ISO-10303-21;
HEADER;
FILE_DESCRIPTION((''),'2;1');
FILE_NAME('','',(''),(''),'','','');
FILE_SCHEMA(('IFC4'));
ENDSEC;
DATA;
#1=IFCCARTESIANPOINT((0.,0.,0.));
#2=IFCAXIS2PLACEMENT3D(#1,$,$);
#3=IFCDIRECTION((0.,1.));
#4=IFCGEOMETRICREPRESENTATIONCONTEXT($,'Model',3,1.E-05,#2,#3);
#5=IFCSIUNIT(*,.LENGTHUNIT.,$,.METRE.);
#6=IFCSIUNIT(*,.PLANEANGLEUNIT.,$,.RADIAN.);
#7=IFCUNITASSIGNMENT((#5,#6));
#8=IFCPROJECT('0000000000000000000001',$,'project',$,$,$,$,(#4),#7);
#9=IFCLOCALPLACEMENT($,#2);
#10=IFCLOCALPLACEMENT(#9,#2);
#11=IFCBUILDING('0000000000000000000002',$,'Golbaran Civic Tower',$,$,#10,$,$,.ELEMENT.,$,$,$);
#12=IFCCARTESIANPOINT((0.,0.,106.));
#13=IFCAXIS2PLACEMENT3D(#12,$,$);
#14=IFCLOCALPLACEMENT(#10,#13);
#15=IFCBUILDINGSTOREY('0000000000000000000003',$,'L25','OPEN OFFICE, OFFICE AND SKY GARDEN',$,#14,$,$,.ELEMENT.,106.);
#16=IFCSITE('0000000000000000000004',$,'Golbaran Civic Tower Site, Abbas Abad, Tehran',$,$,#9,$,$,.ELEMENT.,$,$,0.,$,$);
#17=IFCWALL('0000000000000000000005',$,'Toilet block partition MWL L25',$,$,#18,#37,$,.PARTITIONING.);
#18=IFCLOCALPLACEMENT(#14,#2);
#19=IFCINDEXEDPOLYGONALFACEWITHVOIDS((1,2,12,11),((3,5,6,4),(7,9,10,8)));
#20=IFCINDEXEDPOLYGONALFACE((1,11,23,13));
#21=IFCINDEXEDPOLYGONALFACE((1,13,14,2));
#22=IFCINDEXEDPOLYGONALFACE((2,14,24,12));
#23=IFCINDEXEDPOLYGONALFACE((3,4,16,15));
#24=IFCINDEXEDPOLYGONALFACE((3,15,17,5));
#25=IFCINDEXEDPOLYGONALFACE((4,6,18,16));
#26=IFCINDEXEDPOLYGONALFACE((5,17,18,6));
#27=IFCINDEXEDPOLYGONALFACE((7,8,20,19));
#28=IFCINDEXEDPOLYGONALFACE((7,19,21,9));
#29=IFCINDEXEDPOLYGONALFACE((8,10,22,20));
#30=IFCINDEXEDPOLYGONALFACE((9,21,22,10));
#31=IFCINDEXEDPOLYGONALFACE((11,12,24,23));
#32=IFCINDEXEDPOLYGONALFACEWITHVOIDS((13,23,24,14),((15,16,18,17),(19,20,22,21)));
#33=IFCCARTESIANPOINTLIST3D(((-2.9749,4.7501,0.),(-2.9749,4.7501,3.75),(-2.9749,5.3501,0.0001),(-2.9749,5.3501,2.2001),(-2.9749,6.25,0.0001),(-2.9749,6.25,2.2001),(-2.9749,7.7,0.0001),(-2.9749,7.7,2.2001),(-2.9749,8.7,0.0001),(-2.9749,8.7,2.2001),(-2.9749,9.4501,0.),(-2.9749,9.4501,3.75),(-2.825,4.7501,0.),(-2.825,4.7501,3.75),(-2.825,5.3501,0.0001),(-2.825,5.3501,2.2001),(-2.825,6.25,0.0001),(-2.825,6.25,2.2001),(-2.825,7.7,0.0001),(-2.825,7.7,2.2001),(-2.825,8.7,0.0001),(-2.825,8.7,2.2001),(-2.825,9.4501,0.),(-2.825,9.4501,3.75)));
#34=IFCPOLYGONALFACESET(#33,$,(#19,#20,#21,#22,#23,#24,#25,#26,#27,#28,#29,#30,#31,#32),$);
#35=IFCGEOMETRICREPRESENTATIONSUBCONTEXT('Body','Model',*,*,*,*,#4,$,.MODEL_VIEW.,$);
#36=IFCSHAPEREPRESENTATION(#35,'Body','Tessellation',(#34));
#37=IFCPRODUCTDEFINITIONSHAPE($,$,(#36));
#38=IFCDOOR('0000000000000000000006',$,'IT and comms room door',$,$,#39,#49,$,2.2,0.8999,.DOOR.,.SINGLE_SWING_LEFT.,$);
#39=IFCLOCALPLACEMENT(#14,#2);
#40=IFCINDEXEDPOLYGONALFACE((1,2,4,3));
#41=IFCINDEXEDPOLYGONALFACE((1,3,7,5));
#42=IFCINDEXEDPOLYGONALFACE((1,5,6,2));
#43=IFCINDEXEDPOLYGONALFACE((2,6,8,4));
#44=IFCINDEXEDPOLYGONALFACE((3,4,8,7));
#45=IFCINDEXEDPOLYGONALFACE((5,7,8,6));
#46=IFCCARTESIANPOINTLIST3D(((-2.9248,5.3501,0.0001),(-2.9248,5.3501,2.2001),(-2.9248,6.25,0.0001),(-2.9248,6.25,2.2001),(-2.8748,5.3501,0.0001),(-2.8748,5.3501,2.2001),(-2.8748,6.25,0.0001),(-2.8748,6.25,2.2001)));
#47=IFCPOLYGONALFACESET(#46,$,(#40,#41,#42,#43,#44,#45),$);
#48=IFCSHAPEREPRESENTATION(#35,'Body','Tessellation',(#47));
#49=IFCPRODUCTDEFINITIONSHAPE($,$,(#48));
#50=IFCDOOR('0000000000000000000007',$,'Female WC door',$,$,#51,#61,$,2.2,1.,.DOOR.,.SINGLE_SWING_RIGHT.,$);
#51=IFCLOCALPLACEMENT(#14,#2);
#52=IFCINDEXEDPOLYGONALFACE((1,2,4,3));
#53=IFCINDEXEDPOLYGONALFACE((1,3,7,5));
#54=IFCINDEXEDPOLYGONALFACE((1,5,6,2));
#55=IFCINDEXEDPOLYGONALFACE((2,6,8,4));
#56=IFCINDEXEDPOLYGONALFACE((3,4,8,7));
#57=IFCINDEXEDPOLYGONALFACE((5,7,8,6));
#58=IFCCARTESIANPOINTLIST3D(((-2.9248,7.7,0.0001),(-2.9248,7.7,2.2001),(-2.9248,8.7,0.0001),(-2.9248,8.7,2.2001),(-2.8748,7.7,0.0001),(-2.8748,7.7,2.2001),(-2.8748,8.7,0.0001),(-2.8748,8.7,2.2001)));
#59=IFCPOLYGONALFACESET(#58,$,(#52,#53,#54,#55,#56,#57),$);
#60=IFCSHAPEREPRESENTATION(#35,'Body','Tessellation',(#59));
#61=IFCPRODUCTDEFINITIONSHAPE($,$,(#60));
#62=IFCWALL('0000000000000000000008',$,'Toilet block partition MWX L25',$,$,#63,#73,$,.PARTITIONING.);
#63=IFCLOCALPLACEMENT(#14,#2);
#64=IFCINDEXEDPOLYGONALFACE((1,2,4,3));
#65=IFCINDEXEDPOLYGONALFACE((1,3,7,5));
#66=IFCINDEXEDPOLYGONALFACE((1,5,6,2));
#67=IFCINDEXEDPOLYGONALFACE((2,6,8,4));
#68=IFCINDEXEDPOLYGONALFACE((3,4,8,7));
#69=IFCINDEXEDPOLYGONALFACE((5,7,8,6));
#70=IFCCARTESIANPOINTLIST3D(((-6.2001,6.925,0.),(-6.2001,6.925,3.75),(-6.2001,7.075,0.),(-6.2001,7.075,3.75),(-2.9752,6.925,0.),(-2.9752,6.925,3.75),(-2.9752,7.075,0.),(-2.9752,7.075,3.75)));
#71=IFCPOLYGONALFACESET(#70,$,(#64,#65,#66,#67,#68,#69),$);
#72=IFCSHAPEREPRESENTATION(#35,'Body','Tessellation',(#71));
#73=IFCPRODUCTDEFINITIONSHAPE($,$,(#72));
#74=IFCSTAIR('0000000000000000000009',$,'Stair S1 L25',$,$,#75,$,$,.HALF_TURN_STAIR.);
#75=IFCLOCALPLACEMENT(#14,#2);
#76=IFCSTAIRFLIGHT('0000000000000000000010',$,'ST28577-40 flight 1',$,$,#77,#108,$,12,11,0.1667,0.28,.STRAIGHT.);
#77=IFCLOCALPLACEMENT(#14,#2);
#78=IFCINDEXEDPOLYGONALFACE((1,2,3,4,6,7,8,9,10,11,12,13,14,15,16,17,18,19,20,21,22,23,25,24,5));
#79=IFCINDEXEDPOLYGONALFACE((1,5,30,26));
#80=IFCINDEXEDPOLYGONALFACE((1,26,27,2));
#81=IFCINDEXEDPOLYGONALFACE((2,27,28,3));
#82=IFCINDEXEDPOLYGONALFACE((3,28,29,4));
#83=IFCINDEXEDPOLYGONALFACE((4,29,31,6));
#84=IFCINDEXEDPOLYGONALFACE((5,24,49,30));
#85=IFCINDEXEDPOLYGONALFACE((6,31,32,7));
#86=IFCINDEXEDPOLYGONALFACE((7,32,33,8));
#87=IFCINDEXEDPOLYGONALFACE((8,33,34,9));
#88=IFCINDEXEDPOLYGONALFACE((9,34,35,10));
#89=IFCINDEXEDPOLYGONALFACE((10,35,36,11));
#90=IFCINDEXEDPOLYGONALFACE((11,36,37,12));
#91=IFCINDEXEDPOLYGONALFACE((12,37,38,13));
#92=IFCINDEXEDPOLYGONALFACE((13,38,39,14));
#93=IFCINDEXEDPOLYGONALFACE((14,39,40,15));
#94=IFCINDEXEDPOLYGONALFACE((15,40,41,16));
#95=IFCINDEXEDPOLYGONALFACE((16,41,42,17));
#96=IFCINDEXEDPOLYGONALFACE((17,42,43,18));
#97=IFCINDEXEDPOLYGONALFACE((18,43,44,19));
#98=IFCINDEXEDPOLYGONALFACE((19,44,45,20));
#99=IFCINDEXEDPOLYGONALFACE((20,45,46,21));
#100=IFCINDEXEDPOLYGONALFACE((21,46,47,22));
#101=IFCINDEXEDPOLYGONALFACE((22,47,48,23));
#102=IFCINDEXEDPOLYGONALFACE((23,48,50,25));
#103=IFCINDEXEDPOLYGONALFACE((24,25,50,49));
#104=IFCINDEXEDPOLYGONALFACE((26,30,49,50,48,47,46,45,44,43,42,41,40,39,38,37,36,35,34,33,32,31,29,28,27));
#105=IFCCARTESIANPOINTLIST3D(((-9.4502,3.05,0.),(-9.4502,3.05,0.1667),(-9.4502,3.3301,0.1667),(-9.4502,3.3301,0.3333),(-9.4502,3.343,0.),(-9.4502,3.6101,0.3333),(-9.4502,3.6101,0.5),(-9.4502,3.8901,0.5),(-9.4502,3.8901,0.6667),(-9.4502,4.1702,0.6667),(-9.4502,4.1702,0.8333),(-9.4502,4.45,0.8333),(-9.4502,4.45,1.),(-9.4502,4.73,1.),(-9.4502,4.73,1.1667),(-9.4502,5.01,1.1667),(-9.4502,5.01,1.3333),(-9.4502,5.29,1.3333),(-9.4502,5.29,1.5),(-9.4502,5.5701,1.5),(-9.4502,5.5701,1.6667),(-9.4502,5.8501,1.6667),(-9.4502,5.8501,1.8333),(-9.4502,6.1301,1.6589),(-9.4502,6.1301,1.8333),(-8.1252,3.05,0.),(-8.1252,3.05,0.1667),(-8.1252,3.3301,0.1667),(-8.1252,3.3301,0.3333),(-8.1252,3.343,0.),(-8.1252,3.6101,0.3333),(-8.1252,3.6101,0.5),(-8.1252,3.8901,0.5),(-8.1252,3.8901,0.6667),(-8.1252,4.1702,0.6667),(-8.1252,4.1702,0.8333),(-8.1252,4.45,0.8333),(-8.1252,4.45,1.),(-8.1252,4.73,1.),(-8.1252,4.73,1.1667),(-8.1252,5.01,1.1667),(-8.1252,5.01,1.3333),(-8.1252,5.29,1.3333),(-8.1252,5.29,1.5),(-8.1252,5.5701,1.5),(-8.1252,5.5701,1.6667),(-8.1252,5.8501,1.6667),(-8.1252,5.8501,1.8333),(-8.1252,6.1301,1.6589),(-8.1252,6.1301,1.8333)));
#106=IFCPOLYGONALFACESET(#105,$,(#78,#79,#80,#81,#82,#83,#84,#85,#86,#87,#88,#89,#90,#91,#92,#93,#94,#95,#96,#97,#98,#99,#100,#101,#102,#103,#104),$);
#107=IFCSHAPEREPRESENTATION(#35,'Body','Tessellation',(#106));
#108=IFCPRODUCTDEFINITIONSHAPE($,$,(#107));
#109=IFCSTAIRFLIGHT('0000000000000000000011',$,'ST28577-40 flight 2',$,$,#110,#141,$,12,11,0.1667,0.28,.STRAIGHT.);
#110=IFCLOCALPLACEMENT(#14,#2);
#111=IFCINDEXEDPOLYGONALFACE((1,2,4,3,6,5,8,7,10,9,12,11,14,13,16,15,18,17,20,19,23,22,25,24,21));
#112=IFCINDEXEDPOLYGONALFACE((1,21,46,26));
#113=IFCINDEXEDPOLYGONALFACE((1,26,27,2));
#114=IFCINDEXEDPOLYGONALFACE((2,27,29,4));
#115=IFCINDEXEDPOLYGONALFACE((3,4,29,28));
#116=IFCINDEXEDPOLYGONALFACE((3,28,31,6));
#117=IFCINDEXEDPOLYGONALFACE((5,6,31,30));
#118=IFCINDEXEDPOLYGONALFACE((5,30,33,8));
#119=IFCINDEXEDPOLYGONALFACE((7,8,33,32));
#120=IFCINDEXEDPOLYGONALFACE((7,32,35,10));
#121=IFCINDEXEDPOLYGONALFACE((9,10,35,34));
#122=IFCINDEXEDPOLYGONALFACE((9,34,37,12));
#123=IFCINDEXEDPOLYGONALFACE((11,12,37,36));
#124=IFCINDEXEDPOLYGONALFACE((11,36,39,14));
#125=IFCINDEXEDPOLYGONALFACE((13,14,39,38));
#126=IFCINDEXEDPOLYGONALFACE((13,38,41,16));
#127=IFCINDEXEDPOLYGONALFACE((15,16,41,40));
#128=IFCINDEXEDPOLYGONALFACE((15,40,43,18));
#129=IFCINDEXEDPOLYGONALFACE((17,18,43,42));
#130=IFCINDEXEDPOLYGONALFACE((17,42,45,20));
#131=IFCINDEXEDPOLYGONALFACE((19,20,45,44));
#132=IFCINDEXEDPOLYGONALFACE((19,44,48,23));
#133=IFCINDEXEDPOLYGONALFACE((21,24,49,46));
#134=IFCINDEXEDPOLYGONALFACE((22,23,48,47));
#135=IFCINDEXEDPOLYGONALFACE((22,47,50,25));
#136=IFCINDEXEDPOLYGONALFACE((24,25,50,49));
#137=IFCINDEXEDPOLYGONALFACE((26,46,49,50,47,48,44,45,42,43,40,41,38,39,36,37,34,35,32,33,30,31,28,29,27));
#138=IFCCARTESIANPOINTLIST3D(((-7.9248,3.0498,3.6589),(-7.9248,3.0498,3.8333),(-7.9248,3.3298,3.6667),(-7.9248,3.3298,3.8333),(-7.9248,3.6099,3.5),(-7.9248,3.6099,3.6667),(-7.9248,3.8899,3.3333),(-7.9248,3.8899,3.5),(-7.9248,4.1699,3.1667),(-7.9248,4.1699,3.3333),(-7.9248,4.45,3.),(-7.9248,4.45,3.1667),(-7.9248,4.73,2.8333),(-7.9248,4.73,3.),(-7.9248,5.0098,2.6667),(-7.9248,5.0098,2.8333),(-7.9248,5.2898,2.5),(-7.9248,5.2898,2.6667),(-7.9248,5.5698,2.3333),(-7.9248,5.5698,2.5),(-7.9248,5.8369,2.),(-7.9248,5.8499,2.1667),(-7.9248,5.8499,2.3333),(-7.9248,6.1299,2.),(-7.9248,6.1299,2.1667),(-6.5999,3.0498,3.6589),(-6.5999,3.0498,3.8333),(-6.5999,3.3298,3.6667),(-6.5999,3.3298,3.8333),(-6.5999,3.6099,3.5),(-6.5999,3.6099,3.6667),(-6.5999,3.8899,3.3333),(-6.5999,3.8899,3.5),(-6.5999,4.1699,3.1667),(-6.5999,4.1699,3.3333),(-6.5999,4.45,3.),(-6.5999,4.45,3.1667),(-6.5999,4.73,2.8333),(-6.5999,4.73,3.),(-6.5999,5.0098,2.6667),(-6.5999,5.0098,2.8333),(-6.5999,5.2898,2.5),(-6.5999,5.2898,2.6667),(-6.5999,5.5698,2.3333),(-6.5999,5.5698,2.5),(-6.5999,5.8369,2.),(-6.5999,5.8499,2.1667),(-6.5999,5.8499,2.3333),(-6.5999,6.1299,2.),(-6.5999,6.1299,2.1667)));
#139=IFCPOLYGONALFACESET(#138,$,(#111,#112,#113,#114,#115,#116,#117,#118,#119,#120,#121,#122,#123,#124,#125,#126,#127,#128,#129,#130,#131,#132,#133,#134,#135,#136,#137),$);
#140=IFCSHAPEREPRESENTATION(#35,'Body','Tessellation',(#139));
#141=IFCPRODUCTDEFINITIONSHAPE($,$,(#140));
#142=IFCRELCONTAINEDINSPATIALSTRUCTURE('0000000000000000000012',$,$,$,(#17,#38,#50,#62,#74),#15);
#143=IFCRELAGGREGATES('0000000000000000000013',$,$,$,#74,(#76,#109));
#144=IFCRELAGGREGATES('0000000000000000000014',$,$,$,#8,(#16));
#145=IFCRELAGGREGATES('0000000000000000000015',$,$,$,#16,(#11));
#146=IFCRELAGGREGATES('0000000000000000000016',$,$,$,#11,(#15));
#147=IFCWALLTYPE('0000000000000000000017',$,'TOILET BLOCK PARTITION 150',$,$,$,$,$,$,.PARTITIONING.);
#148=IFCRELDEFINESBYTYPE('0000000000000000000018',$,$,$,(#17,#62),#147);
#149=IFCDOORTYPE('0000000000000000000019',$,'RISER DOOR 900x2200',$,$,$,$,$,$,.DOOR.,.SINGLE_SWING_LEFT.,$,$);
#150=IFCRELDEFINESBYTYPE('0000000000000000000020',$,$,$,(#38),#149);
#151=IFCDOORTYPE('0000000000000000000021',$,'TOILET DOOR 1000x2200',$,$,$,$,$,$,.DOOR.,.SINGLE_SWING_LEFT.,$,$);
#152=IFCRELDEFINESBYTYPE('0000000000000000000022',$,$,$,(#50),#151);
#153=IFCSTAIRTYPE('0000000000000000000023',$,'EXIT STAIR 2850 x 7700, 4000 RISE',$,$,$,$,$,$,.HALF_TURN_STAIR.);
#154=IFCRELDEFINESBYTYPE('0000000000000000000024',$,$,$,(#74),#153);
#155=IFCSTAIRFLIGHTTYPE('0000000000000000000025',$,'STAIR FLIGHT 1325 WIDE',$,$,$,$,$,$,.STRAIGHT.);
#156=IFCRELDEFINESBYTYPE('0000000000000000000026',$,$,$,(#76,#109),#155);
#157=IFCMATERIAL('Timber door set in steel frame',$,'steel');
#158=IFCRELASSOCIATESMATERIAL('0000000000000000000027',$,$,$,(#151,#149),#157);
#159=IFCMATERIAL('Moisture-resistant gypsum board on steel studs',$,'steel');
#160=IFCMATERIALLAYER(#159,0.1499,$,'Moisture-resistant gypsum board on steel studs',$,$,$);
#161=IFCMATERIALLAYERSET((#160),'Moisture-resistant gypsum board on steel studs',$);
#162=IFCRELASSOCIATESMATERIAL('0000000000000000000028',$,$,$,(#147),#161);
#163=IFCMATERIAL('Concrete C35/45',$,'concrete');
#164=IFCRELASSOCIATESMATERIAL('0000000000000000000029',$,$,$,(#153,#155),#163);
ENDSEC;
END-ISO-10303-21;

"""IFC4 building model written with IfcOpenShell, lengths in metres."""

from ifc_helpers import new_model, si_unit, direction, frame, frame_2d, origin, place, context, subcontext, project, spatial, polyline, rectangle, outline, extrude, material, layer, layer_set, type_object, element, fill, aggregate, save


model = new_model("IFC4")

# Units and contexts
model_context = context("Model", 3, precision=1e-05, world=origin(), true_north=direction((0.0, 1.0)))
body_context = subcontext(model_context, "Body", "Model", "MODEL_VIEW")
ifc_project = project(units=[si_unit("LENGTHUNIT", "METRE"), si_unit("PLANEANGLEUNIT", "RADIAN")], contexts=[model_context])

# Site, building, storey
site_placement = place(None, origin())
site = spatial("IfcSite", under=ifc_project, at=site_placement, Name="Golbaran Civic Tower Site, Abbas Abad, Tehran", CompositionType="ELEMENT", RefElevation=0.0)
building_placement = place(site_placement, origin())
building = spatial("IfcBuilding", under=site, at=building_placement, Name="Golbaran Civic Tower", CompositionType="ELEMENT")
storey_placement = place(building_placement, frame((0.0, 0.0, 106.0)))
storey = spatial("IfcBuildingStorey", under=building, at=storey_placement, Name="L25", Description="OPEN OFFICE, OFFICE AND SKY GARDEN", CompositionType="ELEMENT", Elevation=106.0)

# Shared definitions
ifc_material_1 = material(Name="Timber door set in steel frame", Category="steel")
door_type_1 = type_object("IfcDoorType", Name="TOILET DOOR 1000x2200", OperationType="SINGLE_SWING_LEFT", PredefinedType="DOOR", material=ifc_material_1)

# Wall, openings, doors
ifc_material_2 = material(Name="Moisture-resistant gypsum board on steel studs", Category="steel")
ifc_layer_1 = layer(ifc_material_2, 0.1499, Name="Moisture-resistant gypsum board on steel studs")
ifc_layer_set_1 = layer_set([ifc_layer_1], Name="Moisture-resistant gypsum board on steel studs")
wall_type_1 = type_object("IfcWallType", Name="TOILET BLOCK PARTITION 150", PredefinedType="PARTITIONING", material=ifc_layer_set_1)
wall_1_placement = place(storey_placement, frame((-2.8999, 4.75, 0.0), z_axis=(0.0, 0.0, 1.0), x_axis=(0.0, 1.0, 0.0)))
wall_1 = element("IfcWall", 1, at=wall_1_placement, inside=storey, type_object=wall_type_1, Name="Toilet block partition MWL L25", PredefinedType="PARTITIONING", context=body_context, shape_type="SweptSolid", body=[
    extrude(rectangle(XDim=4.7, YDim=0.1499, at=frame_2d((2.3501, 0.0))), origin(), (0.0, 0.0, 1.0), 3.75),
])
opening_1_placement = place(wall_1_placement, frame((2.95, 0.0, 0.0)))
opening_1 = element("IfcOpeningElement", 2, at=opening_1_placement, cuts=wall_1, PredefinedType="OPENING", context=body_context, shape_type="SweptSolid", body=[
    extrude(rectangle(XDim=1.0, YDim=2.2, at=frame_2d((0.5, 1.1001))), frame((0.0, 0.085, 0.0), z_axis=(0.0, -1.0, 0.0), x_axis=(1.0, 0.0, 0.0)), (0.0, 0.0, 1.0), 0.1699),
])
opening_2_placement = place(wall_1_placement, frame((0.6001, 0.0, 0.0)))
opening_2 = element("IfcOpeningElement", 3, at=opening_2_placement, cuts=wall_1, PredefinedType="OPENING", context=body_context, shape_type="SweptSolid", body=[
    extrude(rectangle(XDim=0.8999, YDim=2.2, at=frame_2d((0.45, 1.1001))), frame((0.0, 0.085, 0.0), z_axis=(0.0, -1.0, 0.0), x_axis=(1.0, 0.0, 0.0)), (0.0, 0.0, 1.0), 0.1699),
])
door_type_2 = type_object("IfcDoorType", Name="RISER DOOR 900x2200", OperationType="SINGLE_SWING_LEFT", PredefinedType="DOOR", material=ifc_material_1)
door_1_placement = place(opening_2_placement, origin())
door_1 = element("IfcDoor", 4, at=door_1_placement, inside=storey, type_object=door_type_2, Name="IT and comms room door", OperationType="SINGLE_SWING_LEFT", OverallHeight=2.2, OverallWidth=0.8999, PredefinedType="DOOR", context=body_context, shape_type="SweptSolid", body=[
    extrude(rectangle(XDim=0.8999, YDim=2.2, at=frame_2d((0.45, 1.1001))), frame((0.0, 0.0249, 0.0), z_axis=(0.0, -1.0, 0.0), x_axis=(1.0, 0.0, 0.0)), (0.0, 0.0, 1.0), 0.05),
])
fill(opening_2, door_1)
door_2_placement = place(opening_1_placement, origin())
door_2 = element("IfcDoor", 5, at=door_2_placement, inside=storey, type_object=door_type_1, Name="Female WC door", OperationType="SINGLE_SWING_RIGHT", OverallHeight=2.2, OverallWidth=1.0, PredefinedType="DOOR", context=body_context, shape_type="SweptSolid", body=[
    extrude(rectangle(XDim=1.0, YDim=2.2, at=frame_2d((0.5, 1.1001))), frame((0.0, 0.0249, 0.0), z_axis=(0.0, -1.0, 0.0), x_axis=(1.0, 0.0, 0.0)), (0.0, 0.0, 1.0), 0.05),
])
fill(opening_1, door_2)

# Wall
wall_2_placement = place(storey_placement, frame((-6.2, 7.0, 0.0), z_axis=(0.0, 0.0, 1.0), x_axis=(1.0, 0.0, 0.0)))
element("IfcWall", 6, at=wall_2_placement, inside=storey, type_object=wall_type_1, Name="Toilet block partition MWX L25", PredefinedType="PARTITIONING", context=body_context, shape_type="SweptSolid", body=[
    extrude(rectangle(XDim=3.2249, YDim=0.1499, at=frame_2d((1.6123, 0.0))), origin(), (0.0, 0.0, 1.0), 3.75),
])

# Stair, stair flights
ifc_material_3 = material(Name="Concrete C35/45", Category="concrete")
stair_type = type_object("IfcStairType", Name="EXIT STAIR 2850 x 7700, 4000 RISE", PredefinedType="HALF_TURN_STAIR", material=ifc_material_3)
stair_placement = place(storey_placement, origin())
stair = element("IfcStair", 7, at=stair_placement, inside=storey, type_object=stair_type, Name="Stair S1 L25", PredefinedType="HALF_TURN_STAIR")
stair_flight_type = type_object("IfcStairFlightType", Name="STAIR FLIGHT 1325 WIDE", PredefinedType="STRAIGHT", material=ifc_material_3)
stair_flight_1_placement = place(storey_placement, frame((-8.7876, 3.05, 0.0), z_axis=(0.0, 0.0, 1.0), x_axis=(0.0, 1.0, 0.0)))
stair_flight_1 = element("IfcStairFlight", 8, at=stair_flight_1_placement, type_object=stair_flight_type, Name="ST28577-40 flight 1", NumberOfRisers=12, NumberOfTreads=11, PredefinedType="STRAIGHT", RiserHeight=0.1667, TreadLength=0.28, context=body_context, shape_type="SweptSolid", body=[
    extrude(outline(polyline([(0.0, 0.0), (0.0, 0.1667), (0.28, 0.1667), (0.28, 0.3333), (0.5601, 0.3333), (0.5601, 0.5), (0.8401, 0.5), (0.8401, 0.6667), (1.1201, 0.6667), (1.1201, 0.8333), (1.3999, 0.8333), (1.3999, 1.0), (1.6799, 1.0), (1.6799, 1.1667), (1.96, 1.1667), (1.96, 1.3333), (2.24, 1.3333), (2.24, 1.5), (2.52, 1.5), (2.52, 1.6667), (2.8, 1.6667), (2.8, 1.8333), (3.0801, 1.8333), (3.0801, 2.0), (3.0801, 1.6589), (0.293, 0.0), (0.0, 0.0)])), frame((0.0, 0.6626, 0.0), z_axis=(0.0, -1.0, 0.0), x_axis=(1.0, 0.0, 0.0)), (0.0, 0.0, 1.0), 1.325),
])
stair_flight_2_placement = place(storey_placement, frame((-7.2625, 6.1299, 2.0), z_axis=(0.0, 0.0, 1.0), x_axis=(0.0, -1.0, 0.0)))
stair_flight_2 = element("IfcStairFlight", 9, at=stair_flight_2_placement, type_object=stair_flight_type, Name="ST28577-40 flight 2", NumberOfRisers=12, NumberOfTreads=11, PredefinedType="STRAIGHT", RiserHeight=0.1667, TreadLength=0.28, context=body_context, shape_type="SweptSolid", body=[
    extrude(outline(polyline([(0.0, 0.0), (0.0, 0.1667), (0.28, 0.1667), (0.28, 0.3333), (0.5601, 0.3333), (0.5601, 0.5), (0.8401, 0.5), (0.8401, 0.6667), (1.1201, 0.6667), (1.1201, 0.8333), (1.3999, 0.8333), (1.3999, 1.0), (1.6799, 1.0), (1.6799, 1.1667), (1.96, 1.1667), (1.96, 1.3333), (2.24, 1.3333), (2.24, 1.5), (2.52, 1.5), (2.52, 1.6667), (2.8, 1.6667), (2.8, 1.8333), (3.0801, 1.8333), (3.0801, 2.0), (3.0801, 1.6589), (0.293, 0.0), (0.0, 0.0)])), frame((0.0, 0.6626, 0.0), z_axis=(0.0, -1.0, 0.0), x_axis=(1.0, 0.0, 0.0)), (0.0, 0.0, 1.0), 1.325),
])
aggregate(stair, [stair_flight_1, stair_flight_2])

save(model, "model.ifc")
